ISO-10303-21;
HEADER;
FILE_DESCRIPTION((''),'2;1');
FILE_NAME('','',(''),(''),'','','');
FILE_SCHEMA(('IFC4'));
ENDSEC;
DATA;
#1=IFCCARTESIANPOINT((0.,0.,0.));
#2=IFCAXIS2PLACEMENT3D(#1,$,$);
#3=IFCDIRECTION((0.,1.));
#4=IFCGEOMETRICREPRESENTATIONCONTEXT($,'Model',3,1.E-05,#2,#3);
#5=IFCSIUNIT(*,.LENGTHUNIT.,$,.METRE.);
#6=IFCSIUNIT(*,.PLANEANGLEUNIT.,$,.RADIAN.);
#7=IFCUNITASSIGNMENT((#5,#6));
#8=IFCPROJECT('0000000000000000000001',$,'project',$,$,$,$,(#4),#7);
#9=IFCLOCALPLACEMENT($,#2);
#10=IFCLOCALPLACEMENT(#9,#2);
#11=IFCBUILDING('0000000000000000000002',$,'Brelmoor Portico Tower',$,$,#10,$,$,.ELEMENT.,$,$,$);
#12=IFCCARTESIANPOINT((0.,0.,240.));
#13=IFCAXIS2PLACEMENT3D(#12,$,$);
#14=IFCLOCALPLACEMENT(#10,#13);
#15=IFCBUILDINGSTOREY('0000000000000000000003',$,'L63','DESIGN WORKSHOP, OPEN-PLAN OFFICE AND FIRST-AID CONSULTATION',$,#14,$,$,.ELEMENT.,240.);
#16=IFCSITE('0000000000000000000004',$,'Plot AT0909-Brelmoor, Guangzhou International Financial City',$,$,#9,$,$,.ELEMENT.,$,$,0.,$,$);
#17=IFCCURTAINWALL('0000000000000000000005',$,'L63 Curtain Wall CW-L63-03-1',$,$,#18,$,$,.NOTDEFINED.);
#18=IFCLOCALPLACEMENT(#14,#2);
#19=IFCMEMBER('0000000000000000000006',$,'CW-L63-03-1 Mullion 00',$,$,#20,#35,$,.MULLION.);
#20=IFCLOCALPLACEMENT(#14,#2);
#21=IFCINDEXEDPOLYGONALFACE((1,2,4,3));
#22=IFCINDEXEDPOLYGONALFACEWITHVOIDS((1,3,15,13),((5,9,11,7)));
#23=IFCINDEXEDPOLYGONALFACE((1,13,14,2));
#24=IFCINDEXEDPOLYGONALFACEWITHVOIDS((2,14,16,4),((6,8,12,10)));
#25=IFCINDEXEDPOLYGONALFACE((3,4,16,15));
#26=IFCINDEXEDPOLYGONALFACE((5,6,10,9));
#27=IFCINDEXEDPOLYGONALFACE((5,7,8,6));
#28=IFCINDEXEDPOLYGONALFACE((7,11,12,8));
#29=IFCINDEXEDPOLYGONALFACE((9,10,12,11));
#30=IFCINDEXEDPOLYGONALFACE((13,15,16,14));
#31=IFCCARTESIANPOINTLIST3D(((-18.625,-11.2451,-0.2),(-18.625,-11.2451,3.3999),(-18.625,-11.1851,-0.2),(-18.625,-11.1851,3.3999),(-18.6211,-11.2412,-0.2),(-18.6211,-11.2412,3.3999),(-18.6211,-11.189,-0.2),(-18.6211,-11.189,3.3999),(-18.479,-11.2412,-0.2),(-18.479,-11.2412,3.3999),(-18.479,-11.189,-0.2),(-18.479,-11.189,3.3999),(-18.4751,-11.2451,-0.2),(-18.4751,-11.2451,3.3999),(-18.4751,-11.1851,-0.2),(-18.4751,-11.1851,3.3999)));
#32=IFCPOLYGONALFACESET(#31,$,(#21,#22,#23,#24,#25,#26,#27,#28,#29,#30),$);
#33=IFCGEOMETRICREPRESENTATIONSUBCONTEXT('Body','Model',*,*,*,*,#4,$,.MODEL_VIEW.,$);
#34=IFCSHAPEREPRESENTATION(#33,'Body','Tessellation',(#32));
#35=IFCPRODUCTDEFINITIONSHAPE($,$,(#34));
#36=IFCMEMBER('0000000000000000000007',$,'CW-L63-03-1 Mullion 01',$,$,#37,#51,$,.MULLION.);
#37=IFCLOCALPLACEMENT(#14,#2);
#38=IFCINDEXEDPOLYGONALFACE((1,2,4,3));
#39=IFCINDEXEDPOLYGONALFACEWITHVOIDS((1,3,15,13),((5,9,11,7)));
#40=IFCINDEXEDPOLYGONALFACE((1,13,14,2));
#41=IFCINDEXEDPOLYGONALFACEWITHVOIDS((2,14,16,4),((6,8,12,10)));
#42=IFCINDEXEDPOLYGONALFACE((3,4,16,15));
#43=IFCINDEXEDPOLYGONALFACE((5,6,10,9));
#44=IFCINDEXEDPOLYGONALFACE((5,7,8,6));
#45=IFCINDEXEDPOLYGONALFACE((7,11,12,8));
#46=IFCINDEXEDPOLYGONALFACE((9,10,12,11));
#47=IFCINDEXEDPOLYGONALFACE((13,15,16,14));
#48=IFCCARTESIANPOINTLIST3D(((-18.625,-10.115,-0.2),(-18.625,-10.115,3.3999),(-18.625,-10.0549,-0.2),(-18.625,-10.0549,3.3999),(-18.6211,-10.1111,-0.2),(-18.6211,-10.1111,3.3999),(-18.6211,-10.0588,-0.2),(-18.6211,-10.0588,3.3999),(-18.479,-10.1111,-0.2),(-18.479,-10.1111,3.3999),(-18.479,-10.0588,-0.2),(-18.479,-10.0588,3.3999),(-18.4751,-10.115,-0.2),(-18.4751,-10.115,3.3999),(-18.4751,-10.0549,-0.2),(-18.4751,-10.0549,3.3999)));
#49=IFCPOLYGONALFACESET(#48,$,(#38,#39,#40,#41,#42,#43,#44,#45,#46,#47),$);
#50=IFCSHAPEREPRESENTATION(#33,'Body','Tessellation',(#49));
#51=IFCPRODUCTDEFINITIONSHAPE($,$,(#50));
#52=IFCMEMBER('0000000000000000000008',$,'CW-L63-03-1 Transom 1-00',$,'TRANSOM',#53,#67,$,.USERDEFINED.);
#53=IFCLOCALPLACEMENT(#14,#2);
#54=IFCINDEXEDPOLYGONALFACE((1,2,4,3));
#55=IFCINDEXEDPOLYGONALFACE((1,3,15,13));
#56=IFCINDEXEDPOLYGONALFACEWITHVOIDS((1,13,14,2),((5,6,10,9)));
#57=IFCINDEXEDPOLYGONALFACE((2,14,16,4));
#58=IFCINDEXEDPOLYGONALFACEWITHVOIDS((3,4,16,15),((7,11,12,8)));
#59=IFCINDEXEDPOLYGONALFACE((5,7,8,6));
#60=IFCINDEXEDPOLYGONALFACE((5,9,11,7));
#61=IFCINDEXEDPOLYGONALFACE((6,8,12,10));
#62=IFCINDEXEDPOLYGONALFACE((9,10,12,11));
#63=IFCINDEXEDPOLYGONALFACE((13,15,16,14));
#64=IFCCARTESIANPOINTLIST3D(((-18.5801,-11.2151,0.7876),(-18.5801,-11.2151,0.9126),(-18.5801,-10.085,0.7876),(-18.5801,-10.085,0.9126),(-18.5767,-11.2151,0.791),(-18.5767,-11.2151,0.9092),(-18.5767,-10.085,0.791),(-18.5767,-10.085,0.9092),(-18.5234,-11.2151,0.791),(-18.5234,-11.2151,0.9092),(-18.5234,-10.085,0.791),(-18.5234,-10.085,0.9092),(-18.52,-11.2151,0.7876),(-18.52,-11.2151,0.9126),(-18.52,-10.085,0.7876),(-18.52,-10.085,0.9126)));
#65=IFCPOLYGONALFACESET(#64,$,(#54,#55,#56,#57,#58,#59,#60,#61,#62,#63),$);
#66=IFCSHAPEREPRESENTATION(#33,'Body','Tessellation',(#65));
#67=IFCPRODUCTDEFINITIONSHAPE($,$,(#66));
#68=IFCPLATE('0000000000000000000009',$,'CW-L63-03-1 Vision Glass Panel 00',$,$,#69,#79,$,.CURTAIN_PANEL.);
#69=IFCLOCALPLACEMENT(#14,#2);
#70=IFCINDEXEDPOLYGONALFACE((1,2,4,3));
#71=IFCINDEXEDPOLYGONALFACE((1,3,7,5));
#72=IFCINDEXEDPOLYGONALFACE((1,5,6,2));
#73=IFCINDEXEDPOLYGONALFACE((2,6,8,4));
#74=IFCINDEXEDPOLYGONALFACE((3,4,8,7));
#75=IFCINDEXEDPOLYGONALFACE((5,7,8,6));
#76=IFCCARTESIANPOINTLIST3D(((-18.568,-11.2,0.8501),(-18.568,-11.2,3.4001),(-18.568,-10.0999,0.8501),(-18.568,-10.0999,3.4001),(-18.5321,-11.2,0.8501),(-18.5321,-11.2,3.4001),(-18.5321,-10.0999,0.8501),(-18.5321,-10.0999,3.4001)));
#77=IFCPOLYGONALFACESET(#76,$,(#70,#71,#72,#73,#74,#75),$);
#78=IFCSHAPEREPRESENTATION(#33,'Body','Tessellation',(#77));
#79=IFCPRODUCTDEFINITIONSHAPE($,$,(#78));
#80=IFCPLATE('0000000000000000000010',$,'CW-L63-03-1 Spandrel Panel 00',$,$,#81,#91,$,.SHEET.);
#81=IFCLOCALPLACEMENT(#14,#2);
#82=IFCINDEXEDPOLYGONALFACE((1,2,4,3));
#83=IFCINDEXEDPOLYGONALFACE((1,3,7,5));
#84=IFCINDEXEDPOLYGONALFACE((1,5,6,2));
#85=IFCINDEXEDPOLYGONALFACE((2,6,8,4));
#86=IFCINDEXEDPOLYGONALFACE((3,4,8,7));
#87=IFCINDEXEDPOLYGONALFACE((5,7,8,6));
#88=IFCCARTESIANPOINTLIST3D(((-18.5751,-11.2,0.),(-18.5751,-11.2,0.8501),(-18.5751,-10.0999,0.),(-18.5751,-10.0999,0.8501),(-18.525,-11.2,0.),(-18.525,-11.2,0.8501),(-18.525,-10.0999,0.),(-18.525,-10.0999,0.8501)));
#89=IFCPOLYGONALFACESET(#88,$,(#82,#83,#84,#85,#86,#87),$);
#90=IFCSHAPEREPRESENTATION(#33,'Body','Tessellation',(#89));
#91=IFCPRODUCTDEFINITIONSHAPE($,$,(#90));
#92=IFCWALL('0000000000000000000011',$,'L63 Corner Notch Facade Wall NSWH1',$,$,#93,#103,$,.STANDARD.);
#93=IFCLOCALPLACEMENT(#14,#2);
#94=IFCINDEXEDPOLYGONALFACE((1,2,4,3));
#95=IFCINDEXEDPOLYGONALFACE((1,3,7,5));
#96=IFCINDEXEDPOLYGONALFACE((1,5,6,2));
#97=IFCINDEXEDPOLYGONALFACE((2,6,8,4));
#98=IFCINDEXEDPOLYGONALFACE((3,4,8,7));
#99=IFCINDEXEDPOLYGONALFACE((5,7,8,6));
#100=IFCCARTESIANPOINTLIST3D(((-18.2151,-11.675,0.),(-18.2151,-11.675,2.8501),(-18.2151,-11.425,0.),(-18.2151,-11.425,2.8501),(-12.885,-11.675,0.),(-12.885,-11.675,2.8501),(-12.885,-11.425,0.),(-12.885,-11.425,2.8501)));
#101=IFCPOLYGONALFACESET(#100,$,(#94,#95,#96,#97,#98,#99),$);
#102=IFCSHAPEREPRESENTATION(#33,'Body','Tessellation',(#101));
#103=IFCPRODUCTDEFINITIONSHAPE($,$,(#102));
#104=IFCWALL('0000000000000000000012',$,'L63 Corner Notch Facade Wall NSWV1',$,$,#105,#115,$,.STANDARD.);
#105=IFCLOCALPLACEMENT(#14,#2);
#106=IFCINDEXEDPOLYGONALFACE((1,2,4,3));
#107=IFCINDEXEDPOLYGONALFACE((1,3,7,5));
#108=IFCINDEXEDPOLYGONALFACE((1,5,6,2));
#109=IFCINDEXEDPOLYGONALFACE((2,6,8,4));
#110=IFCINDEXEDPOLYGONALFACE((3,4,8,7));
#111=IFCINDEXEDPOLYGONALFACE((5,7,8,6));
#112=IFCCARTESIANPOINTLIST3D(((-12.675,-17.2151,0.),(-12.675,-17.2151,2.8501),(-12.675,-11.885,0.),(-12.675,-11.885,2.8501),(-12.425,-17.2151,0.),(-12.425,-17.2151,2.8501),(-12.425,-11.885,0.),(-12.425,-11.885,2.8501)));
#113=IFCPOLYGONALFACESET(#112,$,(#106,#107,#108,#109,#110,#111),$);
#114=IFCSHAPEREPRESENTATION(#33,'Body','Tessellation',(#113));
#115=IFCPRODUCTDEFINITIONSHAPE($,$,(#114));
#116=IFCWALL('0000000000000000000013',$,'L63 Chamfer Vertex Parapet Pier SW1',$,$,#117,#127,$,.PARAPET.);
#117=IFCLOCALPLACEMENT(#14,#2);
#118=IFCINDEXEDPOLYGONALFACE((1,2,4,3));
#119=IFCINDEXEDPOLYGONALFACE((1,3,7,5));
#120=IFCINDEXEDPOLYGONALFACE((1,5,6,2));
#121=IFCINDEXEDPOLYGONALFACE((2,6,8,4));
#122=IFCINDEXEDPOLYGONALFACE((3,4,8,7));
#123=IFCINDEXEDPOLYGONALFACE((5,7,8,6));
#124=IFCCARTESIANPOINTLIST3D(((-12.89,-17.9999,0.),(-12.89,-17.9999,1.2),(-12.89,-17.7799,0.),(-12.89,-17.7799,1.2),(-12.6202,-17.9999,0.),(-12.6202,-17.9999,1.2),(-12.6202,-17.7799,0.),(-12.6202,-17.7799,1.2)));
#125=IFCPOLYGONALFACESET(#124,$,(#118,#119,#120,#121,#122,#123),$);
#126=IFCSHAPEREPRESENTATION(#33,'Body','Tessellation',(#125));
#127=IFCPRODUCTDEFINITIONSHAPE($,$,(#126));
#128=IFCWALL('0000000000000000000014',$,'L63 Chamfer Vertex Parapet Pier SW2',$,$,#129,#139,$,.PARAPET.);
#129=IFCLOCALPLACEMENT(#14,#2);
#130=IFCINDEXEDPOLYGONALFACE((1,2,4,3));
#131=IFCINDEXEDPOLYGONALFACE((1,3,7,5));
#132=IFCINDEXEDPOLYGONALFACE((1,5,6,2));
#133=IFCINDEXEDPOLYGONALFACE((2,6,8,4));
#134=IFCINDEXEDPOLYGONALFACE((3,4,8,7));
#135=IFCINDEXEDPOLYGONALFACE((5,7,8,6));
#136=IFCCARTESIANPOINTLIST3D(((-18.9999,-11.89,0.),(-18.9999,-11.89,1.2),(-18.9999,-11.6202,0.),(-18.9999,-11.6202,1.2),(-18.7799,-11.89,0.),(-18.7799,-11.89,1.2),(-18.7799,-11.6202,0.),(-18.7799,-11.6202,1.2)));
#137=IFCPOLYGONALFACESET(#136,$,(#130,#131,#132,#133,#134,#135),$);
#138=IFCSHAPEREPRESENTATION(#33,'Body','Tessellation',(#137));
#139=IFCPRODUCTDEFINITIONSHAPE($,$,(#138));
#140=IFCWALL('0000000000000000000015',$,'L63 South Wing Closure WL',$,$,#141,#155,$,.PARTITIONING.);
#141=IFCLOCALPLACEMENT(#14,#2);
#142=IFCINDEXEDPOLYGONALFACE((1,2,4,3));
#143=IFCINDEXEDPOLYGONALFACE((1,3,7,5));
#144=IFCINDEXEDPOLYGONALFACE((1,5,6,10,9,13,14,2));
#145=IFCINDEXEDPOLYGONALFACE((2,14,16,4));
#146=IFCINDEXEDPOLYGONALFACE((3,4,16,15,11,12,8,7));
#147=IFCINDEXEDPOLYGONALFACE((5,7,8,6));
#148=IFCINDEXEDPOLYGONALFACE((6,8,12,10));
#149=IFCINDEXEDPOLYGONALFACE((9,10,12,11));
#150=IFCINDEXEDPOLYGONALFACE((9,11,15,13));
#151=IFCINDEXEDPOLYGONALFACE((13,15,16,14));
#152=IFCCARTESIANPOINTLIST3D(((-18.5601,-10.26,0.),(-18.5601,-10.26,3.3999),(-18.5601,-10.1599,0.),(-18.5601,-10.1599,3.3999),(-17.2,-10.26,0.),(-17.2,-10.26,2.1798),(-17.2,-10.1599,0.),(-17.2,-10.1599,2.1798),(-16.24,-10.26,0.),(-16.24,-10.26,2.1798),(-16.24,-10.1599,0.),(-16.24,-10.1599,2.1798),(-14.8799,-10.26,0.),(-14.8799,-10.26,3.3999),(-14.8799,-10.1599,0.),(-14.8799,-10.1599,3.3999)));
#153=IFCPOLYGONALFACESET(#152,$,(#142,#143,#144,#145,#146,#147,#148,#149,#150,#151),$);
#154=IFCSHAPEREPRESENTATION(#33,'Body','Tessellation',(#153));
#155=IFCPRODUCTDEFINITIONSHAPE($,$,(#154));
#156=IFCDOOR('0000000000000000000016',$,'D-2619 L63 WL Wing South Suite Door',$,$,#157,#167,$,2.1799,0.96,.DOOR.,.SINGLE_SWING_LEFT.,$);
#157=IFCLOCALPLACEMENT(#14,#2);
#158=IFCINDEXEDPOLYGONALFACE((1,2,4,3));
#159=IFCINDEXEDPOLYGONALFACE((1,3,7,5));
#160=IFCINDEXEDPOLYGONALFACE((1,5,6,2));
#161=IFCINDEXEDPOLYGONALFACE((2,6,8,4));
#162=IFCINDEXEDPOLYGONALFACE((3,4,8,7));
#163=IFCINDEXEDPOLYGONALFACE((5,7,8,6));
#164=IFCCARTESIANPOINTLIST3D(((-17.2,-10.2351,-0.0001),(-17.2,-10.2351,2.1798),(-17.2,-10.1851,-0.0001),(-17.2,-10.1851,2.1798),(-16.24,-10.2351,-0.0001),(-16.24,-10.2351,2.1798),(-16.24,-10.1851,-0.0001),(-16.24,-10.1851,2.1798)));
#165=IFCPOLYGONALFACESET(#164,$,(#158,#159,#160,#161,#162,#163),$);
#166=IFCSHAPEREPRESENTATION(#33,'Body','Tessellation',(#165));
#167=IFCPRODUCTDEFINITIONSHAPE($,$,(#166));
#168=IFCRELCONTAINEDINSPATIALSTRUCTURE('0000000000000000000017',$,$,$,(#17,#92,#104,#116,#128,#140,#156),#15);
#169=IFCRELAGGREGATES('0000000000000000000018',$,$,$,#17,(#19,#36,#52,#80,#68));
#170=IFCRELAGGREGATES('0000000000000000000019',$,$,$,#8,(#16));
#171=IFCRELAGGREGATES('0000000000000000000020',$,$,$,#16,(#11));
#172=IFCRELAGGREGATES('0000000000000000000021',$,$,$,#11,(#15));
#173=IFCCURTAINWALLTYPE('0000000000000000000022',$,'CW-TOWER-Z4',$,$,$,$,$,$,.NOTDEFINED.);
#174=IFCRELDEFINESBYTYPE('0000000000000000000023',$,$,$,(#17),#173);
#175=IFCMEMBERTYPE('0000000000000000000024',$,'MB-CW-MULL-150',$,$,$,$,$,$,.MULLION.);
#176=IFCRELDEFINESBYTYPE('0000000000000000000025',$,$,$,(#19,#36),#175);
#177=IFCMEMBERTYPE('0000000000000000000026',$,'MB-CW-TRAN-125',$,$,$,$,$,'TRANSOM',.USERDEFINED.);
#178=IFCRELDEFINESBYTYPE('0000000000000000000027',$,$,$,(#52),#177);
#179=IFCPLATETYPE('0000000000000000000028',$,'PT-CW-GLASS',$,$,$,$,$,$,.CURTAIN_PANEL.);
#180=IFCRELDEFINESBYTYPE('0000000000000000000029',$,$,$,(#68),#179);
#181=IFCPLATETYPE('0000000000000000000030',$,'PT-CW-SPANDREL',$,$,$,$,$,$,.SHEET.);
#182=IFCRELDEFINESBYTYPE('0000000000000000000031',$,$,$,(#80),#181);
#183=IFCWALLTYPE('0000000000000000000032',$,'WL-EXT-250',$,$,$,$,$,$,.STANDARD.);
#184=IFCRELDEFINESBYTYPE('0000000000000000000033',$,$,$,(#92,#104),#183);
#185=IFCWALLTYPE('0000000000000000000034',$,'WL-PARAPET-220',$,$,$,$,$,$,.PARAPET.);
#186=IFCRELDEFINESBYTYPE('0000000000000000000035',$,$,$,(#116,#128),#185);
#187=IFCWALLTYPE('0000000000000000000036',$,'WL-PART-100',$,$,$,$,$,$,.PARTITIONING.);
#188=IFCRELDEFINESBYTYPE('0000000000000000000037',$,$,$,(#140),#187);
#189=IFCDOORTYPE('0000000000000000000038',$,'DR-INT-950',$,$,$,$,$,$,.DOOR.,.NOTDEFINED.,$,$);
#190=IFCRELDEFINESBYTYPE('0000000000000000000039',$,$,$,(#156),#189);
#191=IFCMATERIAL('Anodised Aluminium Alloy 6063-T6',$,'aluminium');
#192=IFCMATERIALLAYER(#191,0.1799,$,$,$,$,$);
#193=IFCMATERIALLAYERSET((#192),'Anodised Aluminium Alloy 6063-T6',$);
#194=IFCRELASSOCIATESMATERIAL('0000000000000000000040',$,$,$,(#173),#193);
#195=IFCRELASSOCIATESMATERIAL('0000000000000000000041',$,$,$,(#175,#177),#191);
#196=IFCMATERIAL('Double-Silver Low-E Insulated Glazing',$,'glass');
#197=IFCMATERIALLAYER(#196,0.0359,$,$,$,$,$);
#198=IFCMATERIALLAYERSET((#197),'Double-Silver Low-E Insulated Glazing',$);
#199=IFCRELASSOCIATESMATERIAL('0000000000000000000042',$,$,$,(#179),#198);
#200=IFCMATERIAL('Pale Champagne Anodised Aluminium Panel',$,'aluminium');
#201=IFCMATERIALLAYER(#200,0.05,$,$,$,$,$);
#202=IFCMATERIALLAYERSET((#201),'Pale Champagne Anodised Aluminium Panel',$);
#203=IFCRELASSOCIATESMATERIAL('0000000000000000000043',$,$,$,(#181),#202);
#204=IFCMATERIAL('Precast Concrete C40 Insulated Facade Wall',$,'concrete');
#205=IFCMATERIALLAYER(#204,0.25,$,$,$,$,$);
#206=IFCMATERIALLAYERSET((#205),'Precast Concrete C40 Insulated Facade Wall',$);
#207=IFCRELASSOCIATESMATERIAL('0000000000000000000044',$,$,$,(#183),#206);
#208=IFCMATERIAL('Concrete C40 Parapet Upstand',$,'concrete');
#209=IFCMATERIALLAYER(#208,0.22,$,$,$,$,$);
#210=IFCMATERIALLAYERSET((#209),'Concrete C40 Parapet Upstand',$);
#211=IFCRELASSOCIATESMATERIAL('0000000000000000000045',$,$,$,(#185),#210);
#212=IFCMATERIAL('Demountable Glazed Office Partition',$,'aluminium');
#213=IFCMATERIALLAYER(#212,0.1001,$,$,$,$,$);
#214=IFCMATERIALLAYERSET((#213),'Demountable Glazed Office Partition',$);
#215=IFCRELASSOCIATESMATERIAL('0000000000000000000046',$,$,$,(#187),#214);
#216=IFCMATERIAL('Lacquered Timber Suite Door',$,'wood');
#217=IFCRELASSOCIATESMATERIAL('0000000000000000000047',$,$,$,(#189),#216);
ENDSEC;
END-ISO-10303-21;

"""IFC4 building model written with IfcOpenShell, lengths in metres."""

from ifc_helpers import new_model, si_unit, direction, frame, frame_2d, origin, origin_2d, place, context, subcontext, project, spatial, rectangle, hollow_rectangle, extrude, material, layer, layer_set, material_profile, profile_set, type_object, element, fill, aggregate, save


model = new_model("IFC4")

# Units and contexts
model_context = context("Model", 3, precision=1e-05, world=origin(), true_north=direction((0.0, 1.0)))
body_context = subcontext(model_context, "Body", "Model", "MODEL_VIEW")
ifc_project = project(units=[si_unit("LENGTHUNIT", "METRE"), si_unit("PLANEANGLEUNIT", "RADIAN")], contexts=[model_context])

# Site, building, storey
site_placement = place(None, origin())
site = spatial("IfcSite", under=ifc_project, at=site_placement, Name="Plot AT0909-Brelmoor, Guangzhou International Financial City", CompositionType="ELEMENT", RefElevation=0.0)
building_placement = place(site_placement, origin())
building = spatial("IfcBuilding", under=site, at=building_placement, Name="Brelmoor Portico Tower", CompositionType="ELEMENT")
storey_placement = place(building_placement, frame((0.0, 0.0, 240.0)))
storey = spatial("IfcBuildingStorey", under=building, at=storey_placement, Name="L63", Description="DESIGN WORKSHOP, OPEN-PLAN OFFICE AND FIRST-AID CONSULTATION", CompositionType="ELEMENT", Elevation=240.0)

# Curtain wall, members, plates
ifc_material_1 = material(Name="Anodised Aluminium Alloy 6063-T6", Category="aluminium")
ifc_layer_1 = layer(ifc_material_1, 0.1799)
ifc_layer_set_1 = layer_set([ifc_layer_1], Name="Anodised Aluminium Alloy 6063-T6")
curtain_wall_type = type_object("IfcCurtainWallType", Name="CW-TOWER-Z4", PredefinedType="NOTDEFINED", material=ifc_layer_set_1)
curtain_wall_placement = place(storey_placement, origin())
curtain_wall = element("IfcCurtainWall", 1, at=curtain_wall_placement, inside=storey, type_object=curtain_wall_type, Name="L63 Curtain Wall CW-L63-03-1", PredefinedType="NOTDEFINED")
ifc_material_profile_1 = material_profile(ifc_material_1, hollow_rectangle(XDim=0.0601, YDim=0.1499, WallThickness=0.0039, at=origin_2d()), Name="ALU MULLION 60x150")
ifc_profile_set_1 = profile_set([ifc_material_profile_1], Name="Anodised Aluminium Alloy 6063-T6")
member_type_1 = type_object("IfcMemberType", Name="MB-CW-MULL-150", PredefinedType="MULLION", material=ifc_profile_set_1)
member_1_placement = place(storey_placement, frame((-18.55, -11.2151, -0.2), z_axis=(0.0, 0.0, 1.0), x_axis=(0.0, 1.0, 0.0)))
member_1 = element("IfcMember", 2, at=member_1_placement, type_object=member_type_1, Name="CW-L63-03-1 Mullion 00", PredefinedType="MULLION", context=body_context, shape_type="SweptSolid", body=[
    extrude(hollow_rectangle(XDim=0.0601, YDim=0.1499, WallThickness=0.0039, at=origin_2d()), origin(), (0.0, 0.0, 1.0), 3.5999),
])
member_2_placement = place(storey_placement, frame((-18.55, -10.085, -0.2), z_axis=(0.0, 0.0, 1.0), x_axis=(0.0, 1.0, 0.0)))
member_2 = element("IfcMember", 3, at=member_2_placement, type_object=member_type_1, Name="CW-L63-03-1 Mullion 01", PredefinedType="MULLION", context=body_context, shape_type="SweptSolid", body=[
    extrude(hollow_rectangle(XDim=0.0601, YDim=0.1499, WallThickness=0.0039, at=origin_2d()), origin(), (0.0, 0.0, 1.0), 3.5999),
])
ifc_material_profile_2 = material_profile(ifc_material_1, hollow_rectangle(XDim=0.0601, YDim=0.125, WallThickness=0.0034, at=origin_2d()), Name="ALU TRANSOM 60x125")
ifc_profile_set_2 = profile_set([ifc_material_profile_2], Name="Anodised Aluminium Alloy 6063-T6")
member_type_2 = type_object("IfcMemberType", Name="MB-CW-TRAN-125", ElementType="TRANSOM", PredefinedType="USERDEFINED", material=ifc_profile_set_2)
member_3_placement = place(storey_placement, frame((-18.55, -11.2151, 0.8501), z_axis=(0.0, 1.0, 0.0), x_axis=(-1.0, 0.0, 0.0)))
member_3 = element("IfcMember", 4, at=member_3_placement, type_object=member_type_2, Name="CW-L63-03-1 Transom 1-00", ObjectType="TRANSOM", PredefinedType="USERDEFINED", context=body_context, shape_type="SweptSolid", body=[
    extrude(hollow_rectangle(XDim=0.0601, YDim=0.125, WallThickness=0.0034, at=origin_2d()), origin(), (0.0, 0.0, 1.0), 1.1301),
])
ifc_material_2 = material(Name="Double-Silver Low-E Insulated Glazing", Category="glass")
ifc_layer_2 = layer(ifc_material_2, 0.0359)
ifc_layer_set_2 = layer_set([ifc_layer_2], Name="Double-Silver Low-E Insulated Glazing")
plate_type_1 = type_object("IfcPlateType", Name="PT-CW-GLASS", PredefinedType="CURTAIN_PANEL", material=ifc_layer_set_2)
plate_1_placement = place(storey_placement, frame((-18.55, -10.6499, 0.8501), z_axis=(0.0, 0.0, 1.0), x_axis=(0.0, 1.0, 0.0)))
plate_1 = element("IfcPlate", 5, at=plate_1_placement, type_object=plate_type_1, Name="CW-L63-03-1 Vision Glass Panel 00", PredefinedType="CURTAIN_PANEL", context=body_context, shape_type="SweptSolid", body=[
    extrude(rectangle(XDim=1.1001, YDim=0.0359, at=origin_2d()), origin(), (0.0, 0.0, 1.0), 2.55),
])
ifc_material_3 = material(Name="Pale Champagne Anodised Aluminium Panel", Category="aluminium")
ifc_layer_3 = layer(ifc_material_3, 0.05)
ifc_layer_set_3 = layer_set([ifc_layer_3], Name="Pale Champagne Anodised Aluminium Panel")
plate_type_2 = type_object("IfcPlateType", Name="PT-CW-SPANDREL", PredefinedType="SHEET", material=ifc_layer_set_3)
plate_2_placement = place(storey_placement, frame((-18.55, -10.6499, 0.0), z_axis=(0.0, 0.0, 1.0), x_axis=(0.0, 1.0, 0.0)))
plate_2 = element("IfcPlate", 6, at=plate_2_placement, type_object=plate_type_2, Name="CW-L63-03-1 Spandrel Panel 00", PredefinedType="SHEET", context=body_context, shape_type="SweptSolid", body=[
    extrude(rectangle(XDim=1.1001, YDim=0.05, at=origin_2d()), origin(), (0.0, 0.0, 1.0), 0.8501),
])
aggregate(curtain_wall, [member_1, member_2, member_3, plate_2, plate_1])

# Walls
ifc_material_4 = material(Name="Precast Concrete C40 Insulated Facade Wall", Category="concrete")
ifc_layer_4 = layer(ifc_material_4, 0.25)
ifc_layer_set_4 = layer_set([ifc_layer_4], Name="Precast Concrete C40 Insulated Facade Wall")
wall_type_1 = type_object("IfcWallType", Name="WL-EXT-250", PredefinedType="STANDARD", material=ifc_layer_set_4)
for number, where, z_axis, x_axis, name in (
    (7, (-18.2151, -11.55, 0.0), (0.0, 0.0, 1.0), (1.0, 0.0, 0.0), "L63 Corner Notch Facade Wall NSWH1"),
    (8, (-12.55, -17.2151, 0.0), (0.0, 0.0, 1.0), (0.0, 1.0, 0.0), "L63 Corner Notch Facade Wall NSWV1"),
):
    element("IfcWall", number, at=place(storey_placement, frame(where, z_axis=z_axis, x_axis=x_axis)), inside=storey, type_object=wall_type_1, Name=name, PredefinedType="STANDARD", context=body_context, shape_type="SweptSolid", body=[
        extrude(rectangle(XDim=5.3301, YDim=0.25, at=frame_2d((2.665, 0.0))), origin(), (0.0, 0.0, 1.0), 2.8501),
    ])
ifc_material_5 = material(Name="Concrete C40 Parapet Upstand", Category="concrete")
ifc_layer_5 = layer(ifc_material_5, 0.22)
ifc_layer_set_5 = layer_set([ifc_layer_5], Name="Concrete C40 Parapet Upstand")
wall_type_2 = type_object("IfcWallType", Name="WL-PARAPET-220", PredefinedType="PARAPET", material=ifc_layer_set_5)
for number, where, z_axis, x_axis, name in (
    (9, (-12.8899, -17.8899, 0.0), (0.0, 0.0, 1.0), (1.0, 0.0, 0.0), "L63 Chamfer Vertex Parapet Pier SW1"),
    (10, (-18.8899, -11.8899, 0.0), (0.0, 0.0, 1.0), (0.0, 1.0, 0.0), "L63 Chamfer Vertex Parapet Pier SW2"),
):
    element("IfcWall", number, at=place(storey_placement, frame(where, z_axis=z_axis, x_axis=x_axis)), inside=storey, type_object=wall_type_2, Name=name, PredefinedType="PARAPET", context=body_context, shape_type="SweptSolid", body=[
        extrude(rectangle(XDim=0.2698, YDim=0.22, at=frame_2d((0.1348, 0.0))), origin(), (0.0, 0.0, 1.0), 1.2),
    ])

# Wall, opening, door
ifc_material_6 = material(Name="Demountable Glazed Office Partition", Category="aluminium")
ifc_layer_6 = layer(ifc_material_6, 0.1001)
ifc_layer_set_6 = layer_set([ifc_layer_6], Name="Demountable Glazed Office Partition")
wall_type_3 = type_object("IfcWallType", Name="WL-PART-100", PredefinedType="PARTITIONING", material=ifc_layer_set_6)
wall_placement = place(storey_placement, frame((-18.5601, -10.21, 0.0), z_axis=(0.0, 0.0, 1.0), x_axis=(1.0, 0.0, 0.0)))
wall = element("IfcWall", 11, at=wall_placement, inside=storey, type_object=wall_type_3, Name="L63 South Wing Closure WL", PredefinedType="PARTITIONING", context=body_context, shape_type="SweptSolid", body=[
    extrude(rectangle(XDim=3.6802, YDim=0.1001, at=frame_2d((1.8401, 0.0))), origin(), (0.0, 0.0, 1.0), 3.3999),
])
opening_placement = place(wall_placement, frame((1.3601, 0.0, 0.0)))
opening = element("IfcOpeningElement", 12, at=opening_placement, cuts=wall, PredefinedType="OPENING", context=body_context, shape_type="SweptSolid", body=[
    extrude(rectangle(XDim=0.96, YDim=2.1799, at=frame_2d((0.48, 1.0898))), frame((0.0, 0.0601, 0.0), z_axis=(0.0, -1.0, 0.0), x_axis=(1.0, 0.0, 0.0)), (0.0, 0.0, 1.0), 0.1201),
])
ifc_material_7 = material(Name="Lacquered Timber Suite Door", Category="wood")
door_type = type_object("IfcDoorType", Name="DR-INT-950", OperationType="NOTDEFINED", PredefinedType="DOOR", material=ifc_material_7)
door_placement = place(opening_placement, origin())
door = element("IfcDoor", 13, at=door_placement, inside=storey, type_object=door_type, Name="D-2619 L63 WL Wing South Suite Door", OperationType="SINGLE_SWING_LEFT", OverallHeight=2.1799, OverallWidth=0.96, PredefinedType="DOOR", context=body_context, shape_type="SweptSolid", body=[
    extrude(rectangle(XDim=0.96, YDim=2.1799, at=frame_2d((0.48, 1.0898))), frame((0.0, 0.0249, 0.0), z_axis=(0.0, -1.0, 0.0), x_axis=(1.0, 0.0, 0.0)), (0.0, 0.0, 1.0), 0.05),
])
fill(opening, door)

save(model, "model.ifc")
